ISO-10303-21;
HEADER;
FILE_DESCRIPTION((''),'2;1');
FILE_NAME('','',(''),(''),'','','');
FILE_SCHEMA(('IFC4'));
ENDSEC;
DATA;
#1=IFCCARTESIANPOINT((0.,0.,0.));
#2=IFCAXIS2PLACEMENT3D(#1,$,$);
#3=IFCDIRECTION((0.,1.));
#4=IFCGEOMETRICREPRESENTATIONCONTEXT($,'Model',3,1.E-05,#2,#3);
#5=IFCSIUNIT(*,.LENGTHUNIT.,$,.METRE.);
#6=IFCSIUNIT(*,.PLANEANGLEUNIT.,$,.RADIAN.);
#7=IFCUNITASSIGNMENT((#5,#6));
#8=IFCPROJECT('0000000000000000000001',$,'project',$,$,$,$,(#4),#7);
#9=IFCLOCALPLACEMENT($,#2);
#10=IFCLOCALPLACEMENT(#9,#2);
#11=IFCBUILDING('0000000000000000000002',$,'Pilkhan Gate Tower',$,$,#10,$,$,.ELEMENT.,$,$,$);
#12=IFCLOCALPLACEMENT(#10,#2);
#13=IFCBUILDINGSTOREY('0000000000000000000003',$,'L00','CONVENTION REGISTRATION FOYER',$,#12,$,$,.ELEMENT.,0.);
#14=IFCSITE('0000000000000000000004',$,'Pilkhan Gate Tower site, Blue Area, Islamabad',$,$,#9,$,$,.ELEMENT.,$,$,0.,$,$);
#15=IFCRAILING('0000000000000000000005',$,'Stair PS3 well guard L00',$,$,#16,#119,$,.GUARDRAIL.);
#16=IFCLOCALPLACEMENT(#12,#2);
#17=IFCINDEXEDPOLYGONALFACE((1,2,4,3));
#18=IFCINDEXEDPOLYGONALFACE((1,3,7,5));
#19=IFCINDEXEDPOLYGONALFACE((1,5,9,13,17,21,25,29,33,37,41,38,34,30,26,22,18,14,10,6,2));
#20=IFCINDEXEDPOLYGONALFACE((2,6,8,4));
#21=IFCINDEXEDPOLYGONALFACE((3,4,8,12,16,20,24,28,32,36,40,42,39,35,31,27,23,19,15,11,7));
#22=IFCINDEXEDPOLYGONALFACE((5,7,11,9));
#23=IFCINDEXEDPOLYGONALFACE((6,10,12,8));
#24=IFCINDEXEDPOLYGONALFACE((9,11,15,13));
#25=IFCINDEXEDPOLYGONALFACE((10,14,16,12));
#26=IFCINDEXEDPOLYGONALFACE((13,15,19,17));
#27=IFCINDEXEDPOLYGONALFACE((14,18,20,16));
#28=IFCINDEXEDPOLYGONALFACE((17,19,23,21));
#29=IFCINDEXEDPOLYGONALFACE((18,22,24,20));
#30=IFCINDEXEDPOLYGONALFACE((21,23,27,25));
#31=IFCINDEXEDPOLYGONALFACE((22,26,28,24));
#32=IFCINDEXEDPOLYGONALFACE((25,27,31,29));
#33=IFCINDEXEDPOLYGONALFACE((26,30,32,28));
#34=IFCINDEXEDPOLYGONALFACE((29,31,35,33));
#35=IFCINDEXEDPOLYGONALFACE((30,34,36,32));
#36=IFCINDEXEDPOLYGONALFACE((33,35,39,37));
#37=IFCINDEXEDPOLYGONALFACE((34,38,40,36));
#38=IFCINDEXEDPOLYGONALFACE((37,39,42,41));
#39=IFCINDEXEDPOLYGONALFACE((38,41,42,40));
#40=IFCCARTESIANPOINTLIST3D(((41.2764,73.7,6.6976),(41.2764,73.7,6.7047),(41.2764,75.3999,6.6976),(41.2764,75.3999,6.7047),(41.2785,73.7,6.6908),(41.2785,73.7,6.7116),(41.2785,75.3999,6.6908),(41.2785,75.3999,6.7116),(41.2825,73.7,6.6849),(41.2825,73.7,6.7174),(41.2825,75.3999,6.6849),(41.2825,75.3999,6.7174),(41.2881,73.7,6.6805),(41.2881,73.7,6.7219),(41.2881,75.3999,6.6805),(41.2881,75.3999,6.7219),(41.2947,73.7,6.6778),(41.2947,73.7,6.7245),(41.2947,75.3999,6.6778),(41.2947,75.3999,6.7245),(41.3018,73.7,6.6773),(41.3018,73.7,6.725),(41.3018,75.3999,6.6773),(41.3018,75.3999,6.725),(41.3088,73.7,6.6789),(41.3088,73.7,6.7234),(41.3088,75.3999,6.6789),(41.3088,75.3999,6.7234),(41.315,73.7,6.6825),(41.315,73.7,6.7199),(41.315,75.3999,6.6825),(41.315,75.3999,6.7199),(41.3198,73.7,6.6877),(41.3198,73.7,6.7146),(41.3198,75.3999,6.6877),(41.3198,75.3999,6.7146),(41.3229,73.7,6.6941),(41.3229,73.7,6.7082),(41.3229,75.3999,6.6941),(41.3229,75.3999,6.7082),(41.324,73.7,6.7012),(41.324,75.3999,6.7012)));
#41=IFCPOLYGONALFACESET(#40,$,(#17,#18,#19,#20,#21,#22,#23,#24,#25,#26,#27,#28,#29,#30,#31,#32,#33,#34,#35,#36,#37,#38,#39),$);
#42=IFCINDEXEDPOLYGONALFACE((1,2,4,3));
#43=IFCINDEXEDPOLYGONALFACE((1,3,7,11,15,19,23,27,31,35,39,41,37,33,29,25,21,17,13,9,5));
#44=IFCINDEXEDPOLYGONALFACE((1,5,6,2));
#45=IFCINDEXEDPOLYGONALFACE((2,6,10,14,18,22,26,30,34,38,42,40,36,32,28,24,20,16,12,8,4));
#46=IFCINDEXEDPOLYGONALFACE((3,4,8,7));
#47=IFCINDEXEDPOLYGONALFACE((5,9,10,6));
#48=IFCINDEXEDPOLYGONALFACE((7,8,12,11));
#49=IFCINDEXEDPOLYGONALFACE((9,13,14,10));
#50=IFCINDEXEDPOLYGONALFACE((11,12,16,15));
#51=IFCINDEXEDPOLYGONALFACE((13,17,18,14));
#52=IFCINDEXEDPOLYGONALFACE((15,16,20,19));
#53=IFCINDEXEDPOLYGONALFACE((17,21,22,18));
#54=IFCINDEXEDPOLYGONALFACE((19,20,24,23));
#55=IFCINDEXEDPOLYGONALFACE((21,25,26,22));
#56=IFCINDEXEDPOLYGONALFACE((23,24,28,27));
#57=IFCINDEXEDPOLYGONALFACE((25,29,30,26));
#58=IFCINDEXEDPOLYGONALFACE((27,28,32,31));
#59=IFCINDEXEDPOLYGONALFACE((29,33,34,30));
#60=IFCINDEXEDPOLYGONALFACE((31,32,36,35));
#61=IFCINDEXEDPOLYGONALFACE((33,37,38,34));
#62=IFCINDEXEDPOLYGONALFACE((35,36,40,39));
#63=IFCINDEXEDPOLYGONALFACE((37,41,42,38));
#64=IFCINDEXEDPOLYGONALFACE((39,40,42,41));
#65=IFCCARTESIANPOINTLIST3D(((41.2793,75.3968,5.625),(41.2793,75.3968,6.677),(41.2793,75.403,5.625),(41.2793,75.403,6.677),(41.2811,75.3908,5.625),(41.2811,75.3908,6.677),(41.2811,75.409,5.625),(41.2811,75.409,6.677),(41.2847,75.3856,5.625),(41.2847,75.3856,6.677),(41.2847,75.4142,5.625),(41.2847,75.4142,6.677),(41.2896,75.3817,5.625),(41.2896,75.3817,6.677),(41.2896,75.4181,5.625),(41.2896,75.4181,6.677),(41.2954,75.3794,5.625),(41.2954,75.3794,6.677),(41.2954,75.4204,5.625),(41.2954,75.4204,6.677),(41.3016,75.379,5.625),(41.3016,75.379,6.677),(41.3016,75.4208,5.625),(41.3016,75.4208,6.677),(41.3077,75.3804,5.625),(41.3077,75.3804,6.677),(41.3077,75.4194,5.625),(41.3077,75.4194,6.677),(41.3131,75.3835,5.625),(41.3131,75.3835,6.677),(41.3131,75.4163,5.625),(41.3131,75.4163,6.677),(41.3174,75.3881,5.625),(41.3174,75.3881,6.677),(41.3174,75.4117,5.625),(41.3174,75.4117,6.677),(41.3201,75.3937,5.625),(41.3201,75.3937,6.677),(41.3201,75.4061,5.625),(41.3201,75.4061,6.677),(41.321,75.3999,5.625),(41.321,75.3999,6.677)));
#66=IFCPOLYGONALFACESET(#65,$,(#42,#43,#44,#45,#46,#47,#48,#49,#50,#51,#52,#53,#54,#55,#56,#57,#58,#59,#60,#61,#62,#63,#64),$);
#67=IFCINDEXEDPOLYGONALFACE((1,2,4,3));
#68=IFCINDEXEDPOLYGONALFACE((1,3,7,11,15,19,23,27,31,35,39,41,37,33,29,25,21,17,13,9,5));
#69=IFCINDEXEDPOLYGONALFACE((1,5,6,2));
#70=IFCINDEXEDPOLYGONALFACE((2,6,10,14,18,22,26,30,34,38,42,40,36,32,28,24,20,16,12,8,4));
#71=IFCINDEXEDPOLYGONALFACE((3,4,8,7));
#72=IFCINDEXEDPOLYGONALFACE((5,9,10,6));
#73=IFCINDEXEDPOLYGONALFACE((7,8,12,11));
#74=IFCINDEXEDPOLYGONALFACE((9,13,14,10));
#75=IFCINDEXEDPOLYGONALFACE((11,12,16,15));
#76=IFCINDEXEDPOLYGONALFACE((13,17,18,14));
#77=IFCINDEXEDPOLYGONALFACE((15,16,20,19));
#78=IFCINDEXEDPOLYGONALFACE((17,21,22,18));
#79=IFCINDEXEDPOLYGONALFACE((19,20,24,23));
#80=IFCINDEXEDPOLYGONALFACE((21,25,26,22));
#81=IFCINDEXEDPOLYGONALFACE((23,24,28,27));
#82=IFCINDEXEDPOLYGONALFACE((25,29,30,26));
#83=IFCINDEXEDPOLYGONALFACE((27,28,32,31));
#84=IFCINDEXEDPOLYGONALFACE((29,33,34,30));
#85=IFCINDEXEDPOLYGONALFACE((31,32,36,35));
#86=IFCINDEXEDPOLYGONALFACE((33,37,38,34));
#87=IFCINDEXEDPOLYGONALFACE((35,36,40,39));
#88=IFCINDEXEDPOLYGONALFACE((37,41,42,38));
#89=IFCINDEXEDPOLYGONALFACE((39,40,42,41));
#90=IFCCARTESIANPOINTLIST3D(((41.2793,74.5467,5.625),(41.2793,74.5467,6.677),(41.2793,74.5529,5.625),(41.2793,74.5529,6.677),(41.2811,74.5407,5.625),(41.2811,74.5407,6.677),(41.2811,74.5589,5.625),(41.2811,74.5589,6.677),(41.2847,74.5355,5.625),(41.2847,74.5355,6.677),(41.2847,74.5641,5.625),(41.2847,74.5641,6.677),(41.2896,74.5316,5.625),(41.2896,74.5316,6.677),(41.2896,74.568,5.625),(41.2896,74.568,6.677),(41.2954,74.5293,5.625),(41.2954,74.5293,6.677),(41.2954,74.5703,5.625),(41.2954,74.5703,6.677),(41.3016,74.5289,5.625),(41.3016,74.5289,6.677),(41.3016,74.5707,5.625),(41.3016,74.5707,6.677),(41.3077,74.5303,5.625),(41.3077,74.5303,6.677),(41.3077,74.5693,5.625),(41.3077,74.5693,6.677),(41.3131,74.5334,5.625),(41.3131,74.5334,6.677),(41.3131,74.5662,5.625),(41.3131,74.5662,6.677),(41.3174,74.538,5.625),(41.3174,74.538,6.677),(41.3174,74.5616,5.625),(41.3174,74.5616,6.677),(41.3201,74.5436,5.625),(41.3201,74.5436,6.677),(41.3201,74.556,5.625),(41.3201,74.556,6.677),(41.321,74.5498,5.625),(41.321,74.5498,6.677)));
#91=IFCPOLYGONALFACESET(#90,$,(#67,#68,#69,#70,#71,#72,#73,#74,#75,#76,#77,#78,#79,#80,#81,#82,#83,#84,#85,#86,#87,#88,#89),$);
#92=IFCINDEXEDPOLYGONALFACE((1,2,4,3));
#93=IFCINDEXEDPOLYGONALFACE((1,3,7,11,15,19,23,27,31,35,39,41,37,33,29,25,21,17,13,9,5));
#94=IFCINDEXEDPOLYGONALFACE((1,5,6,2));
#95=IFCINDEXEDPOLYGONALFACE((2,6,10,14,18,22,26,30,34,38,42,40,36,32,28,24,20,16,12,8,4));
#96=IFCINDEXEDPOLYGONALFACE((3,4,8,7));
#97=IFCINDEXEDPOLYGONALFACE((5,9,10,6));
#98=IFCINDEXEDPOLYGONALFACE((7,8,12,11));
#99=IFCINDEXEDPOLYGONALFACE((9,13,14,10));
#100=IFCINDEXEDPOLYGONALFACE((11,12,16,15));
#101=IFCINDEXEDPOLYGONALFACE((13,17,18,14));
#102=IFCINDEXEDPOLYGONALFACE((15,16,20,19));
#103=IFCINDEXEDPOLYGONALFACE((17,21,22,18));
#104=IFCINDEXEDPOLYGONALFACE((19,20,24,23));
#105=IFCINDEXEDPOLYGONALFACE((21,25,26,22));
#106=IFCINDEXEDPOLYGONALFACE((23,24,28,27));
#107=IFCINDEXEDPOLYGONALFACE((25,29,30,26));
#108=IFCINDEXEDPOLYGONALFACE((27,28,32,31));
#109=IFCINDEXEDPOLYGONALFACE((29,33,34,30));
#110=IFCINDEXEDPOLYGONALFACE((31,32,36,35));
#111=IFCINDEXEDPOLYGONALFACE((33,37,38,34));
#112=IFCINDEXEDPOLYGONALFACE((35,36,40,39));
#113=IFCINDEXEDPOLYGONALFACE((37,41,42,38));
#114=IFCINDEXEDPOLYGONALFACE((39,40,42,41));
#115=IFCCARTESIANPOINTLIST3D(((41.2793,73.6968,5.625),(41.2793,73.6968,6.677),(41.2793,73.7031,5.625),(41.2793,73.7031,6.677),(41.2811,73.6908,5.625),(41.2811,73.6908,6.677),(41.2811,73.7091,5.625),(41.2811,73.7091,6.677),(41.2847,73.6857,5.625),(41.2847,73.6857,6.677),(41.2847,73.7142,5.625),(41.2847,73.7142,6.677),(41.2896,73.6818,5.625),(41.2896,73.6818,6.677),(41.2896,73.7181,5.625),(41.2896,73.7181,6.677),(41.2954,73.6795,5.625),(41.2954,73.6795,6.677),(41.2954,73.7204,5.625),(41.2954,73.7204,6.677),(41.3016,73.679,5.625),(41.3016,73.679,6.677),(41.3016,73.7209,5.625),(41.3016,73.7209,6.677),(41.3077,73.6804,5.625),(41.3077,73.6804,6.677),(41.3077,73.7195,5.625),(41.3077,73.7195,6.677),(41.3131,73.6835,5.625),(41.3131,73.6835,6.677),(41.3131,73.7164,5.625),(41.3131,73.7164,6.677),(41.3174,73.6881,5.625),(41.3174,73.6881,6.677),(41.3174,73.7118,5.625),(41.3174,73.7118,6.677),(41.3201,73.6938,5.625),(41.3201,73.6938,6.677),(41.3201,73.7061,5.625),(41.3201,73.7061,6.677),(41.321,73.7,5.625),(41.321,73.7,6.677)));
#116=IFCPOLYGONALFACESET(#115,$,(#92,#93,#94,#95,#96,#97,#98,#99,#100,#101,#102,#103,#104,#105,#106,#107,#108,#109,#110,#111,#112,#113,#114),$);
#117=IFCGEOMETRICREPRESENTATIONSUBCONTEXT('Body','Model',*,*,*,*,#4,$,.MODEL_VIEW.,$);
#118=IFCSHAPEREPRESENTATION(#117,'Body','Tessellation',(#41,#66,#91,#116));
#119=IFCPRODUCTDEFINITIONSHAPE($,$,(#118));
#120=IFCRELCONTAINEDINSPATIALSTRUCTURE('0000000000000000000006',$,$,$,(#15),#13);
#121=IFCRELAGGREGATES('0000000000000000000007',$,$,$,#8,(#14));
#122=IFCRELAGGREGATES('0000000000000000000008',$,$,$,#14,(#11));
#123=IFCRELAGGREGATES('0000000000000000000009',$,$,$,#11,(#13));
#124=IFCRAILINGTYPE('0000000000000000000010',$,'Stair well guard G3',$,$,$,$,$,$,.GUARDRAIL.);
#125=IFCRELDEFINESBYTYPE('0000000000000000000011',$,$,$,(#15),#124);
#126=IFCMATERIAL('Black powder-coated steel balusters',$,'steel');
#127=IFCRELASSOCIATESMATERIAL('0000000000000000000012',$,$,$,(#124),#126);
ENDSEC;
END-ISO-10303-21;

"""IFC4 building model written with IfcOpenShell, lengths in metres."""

from ifc_helpers import new_model, si_unit, direction, frame, origin, origin_2d, place, context, subcontext, project, spatial, circle, extrude, material, type_object, element, save


model = new_model("IFC4")

# Units and contexts
model_context = context("Model", 3, precision=1e-05, world=origin(), true_north=direction((0.0, 1.0)))
body_context = subcontext(model_context, "Body", "Model", "MODEL_VIEW")
ifc_project = project(units=[si_unit("LENGTHUNIT", "METRE"), si_unit("PLANEANGLEUNIT", "RADIAN")], contexts=[model_context])

# Site, building, storey
site_placement = place(None, origin())
site = spatial("IfcSite", under=ifc_project, at=site_placement, Name="Pilkhan Gate Tower site, Blue Area, Islamabad", CompositionType="ELEMENT", RefElevation=0.0)
building_placement = place(site_placement, origin())
building = spatial("IfcBuilding", under=site, at=building_placement, Name="Pilkhan Gate Tower", CompositionType="ELEMENT")
storey_placement = place(building_placement, origin())
storey = spatial("IfcBuildingStorey", under=building, at=storey_placement, Name="L00", Description="CONVENTION REGISTRATION FOYER", CompositionType="ELEMENT", Elevation=0.0)

# Railing
ifc_material_1 = material(Name="Black powder-coated steel balusters", Category="steel")
railing_type_1 = type_object("IfcRailingType", Name="Stair well guard G3", PredefinedType="GUARDRAIL", material=ifc_material_1)
railing_1_placement = place(storey_placement, frame((41.3, 75.3999, 5.625)))
element("IfcRailing", 1, at=railing_1_placement, inside=storey, type_object=railing_type_1, Name="Stair PS3 well guard L00", PredefinedType="GUARDRAIL", context=body_context, shape_type="SweptSolid", body=[
    extrude(circle(Radius=0.0239, at=origin_2d()), frame((0.0, 0.0, 1.0762), z_axis=(0.0, -1.0, 0.0), x_axis=(1.0, 0.0, 0.0)), (0.0, 0.0, 1.0), 1.7),
    extrude(circle(Radius=0.021, at=origin_2d()), origin(), (0.0, 0.0, 1.0), 1.052),
    extrude(circle(Radius=0.021, at=origin_2d()), frame((0.0, -0.8501, 0.0)), (0.0, 0.0, 1.0), 1.052),
    extrude(circle(Radius=0.021, at=origin_2d()), frame((0.0, -1.7, 0.0)), (0.0, 0.0, 1.0), 1.052),
])

save(model, "model.ifc")
